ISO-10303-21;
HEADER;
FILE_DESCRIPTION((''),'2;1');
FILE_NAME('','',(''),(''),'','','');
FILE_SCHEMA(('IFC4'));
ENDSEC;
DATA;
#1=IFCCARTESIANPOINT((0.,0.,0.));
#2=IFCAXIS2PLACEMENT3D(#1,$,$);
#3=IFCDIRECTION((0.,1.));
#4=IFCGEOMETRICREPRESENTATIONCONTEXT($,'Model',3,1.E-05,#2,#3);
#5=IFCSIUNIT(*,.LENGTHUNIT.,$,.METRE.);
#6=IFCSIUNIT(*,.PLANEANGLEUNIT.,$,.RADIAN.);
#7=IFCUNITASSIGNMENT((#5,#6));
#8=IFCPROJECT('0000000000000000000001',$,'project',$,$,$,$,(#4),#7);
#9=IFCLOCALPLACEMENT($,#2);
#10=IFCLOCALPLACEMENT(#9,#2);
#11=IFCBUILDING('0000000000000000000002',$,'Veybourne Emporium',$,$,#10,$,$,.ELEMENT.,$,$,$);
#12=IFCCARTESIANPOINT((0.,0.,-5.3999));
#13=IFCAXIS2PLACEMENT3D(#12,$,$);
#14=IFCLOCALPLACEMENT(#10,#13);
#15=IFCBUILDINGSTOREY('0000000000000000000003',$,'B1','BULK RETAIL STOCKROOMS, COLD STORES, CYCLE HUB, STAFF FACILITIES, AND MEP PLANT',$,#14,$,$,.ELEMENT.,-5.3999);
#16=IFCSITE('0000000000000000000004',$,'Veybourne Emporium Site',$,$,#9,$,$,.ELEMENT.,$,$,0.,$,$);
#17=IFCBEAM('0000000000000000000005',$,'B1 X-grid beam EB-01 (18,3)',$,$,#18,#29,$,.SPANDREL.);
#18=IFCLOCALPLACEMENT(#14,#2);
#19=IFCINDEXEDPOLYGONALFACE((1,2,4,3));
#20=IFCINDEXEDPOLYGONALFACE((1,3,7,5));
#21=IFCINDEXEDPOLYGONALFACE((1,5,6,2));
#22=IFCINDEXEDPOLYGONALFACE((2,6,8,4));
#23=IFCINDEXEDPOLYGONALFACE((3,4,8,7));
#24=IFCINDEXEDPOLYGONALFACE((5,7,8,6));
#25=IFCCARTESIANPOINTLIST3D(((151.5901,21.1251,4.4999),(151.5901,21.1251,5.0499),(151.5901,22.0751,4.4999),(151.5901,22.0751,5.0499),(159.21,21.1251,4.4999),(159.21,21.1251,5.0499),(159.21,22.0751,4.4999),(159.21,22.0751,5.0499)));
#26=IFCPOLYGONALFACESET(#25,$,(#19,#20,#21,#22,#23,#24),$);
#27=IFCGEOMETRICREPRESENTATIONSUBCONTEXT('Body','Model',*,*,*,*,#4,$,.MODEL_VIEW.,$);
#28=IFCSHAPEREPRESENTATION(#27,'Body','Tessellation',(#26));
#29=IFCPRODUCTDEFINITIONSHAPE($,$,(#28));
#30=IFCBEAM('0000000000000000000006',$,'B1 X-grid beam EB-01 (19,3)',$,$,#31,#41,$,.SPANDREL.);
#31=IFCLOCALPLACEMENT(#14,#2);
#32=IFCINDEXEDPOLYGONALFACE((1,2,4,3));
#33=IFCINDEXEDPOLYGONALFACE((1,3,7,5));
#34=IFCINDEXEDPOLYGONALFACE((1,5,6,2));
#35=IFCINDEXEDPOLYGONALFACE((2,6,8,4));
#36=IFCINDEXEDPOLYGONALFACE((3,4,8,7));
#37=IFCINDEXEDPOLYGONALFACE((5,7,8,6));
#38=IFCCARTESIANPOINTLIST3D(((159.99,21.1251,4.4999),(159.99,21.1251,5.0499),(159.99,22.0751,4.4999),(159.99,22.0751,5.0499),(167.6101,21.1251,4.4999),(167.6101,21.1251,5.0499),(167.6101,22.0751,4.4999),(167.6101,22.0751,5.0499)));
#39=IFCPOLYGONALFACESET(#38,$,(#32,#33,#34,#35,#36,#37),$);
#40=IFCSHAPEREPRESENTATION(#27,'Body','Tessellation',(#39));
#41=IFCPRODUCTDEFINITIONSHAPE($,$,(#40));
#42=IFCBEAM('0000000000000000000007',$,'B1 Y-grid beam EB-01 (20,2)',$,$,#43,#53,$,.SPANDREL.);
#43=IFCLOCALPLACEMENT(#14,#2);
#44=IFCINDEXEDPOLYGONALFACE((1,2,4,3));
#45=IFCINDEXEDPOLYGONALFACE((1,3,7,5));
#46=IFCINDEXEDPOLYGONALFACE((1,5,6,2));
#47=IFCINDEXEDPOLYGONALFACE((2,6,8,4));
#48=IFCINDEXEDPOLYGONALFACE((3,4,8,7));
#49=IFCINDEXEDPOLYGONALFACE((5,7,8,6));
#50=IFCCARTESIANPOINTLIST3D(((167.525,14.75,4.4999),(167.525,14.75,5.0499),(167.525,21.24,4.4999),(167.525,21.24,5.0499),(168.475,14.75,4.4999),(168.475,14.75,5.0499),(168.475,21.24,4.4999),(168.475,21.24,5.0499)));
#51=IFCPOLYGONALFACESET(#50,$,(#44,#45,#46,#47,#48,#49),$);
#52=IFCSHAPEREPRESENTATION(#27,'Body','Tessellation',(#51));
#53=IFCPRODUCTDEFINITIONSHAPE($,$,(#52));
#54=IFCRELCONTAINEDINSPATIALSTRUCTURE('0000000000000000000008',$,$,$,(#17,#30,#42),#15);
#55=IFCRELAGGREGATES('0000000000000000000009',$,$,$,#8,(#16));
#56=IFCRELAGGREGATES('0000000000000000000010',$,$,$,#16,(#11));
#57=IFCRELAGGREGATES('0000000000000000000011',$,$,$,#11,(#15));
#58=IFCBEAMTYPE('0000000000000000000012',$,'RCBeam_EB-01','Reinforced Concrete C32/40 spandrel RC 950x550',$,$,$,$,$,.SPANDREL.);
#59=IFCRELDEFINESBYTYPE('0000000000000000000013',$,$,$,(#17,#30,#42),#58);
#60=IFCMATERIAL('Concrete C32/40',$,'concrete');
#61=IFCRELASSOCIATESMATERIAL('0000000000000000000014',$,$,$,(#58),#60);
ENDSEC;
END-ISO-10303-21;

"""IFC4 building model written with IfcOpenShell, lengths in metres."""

from ifc_helpers import new_model, si_unit, direction, frame, origin, origin_2d, place, context, subcontext, project, spatial, rectangle, extrude, material, material_profile, profile_set, type_object, element, save


model = new_model("IFC4")

# Units and contexts
model_context = context("Model", 3, precision=1e-05, world=origin(), true_north=direction((0.0, 1.0)))
body_context = subcontext(model_context, "Body", "Model", "MODEL_VIEW")
ifc_project = project(units=[si_unit("LENGTHUNIT", "METRE"), si_unit("PLANEANGLEUNIT", "RADIAN")], contexts=[model_context])

# Site, building, storey
site_placement = place(None, origin())
site = spatial("IfcSite", under=ifc_project, at=site_placement, Name="Veybourne Emporium Site", CompositionType="ELEMENT", RefElevation=0.0)
building_placement = place(site_placement, origin())
building = spatial("IfcBuilding", under=site, at=building_placement, Name="Veybourne Emporium", CompositionType="ELEMENT")
storey_placement = place(building_placement, frame((0.0, 0.0, -5.3999)))
storey = spatial("IfcBuildingStorey", under=building, at=storey_placement, Name="B1", Description="BULK RETAIL STOCKROOMS, COLD STORES, CYCLE HUB, STAFF FACILITIES, AND MEP PLANT", CompositionType="ELEMENT", Elevation=-5.3999)

# Beams
ifc_material_1 = material(Name="Concrete C32/40", Category="concrete")
ifc_material_profile_1 = material_profile(ifc_material_1, rectangle(XDim=0.95, YDim=0.55, at=origin_2d()), Name="RC 950x550")
ifc_profile_set_1 = profile_set([ifc_material_profile_1], Name="Concrete C32/40")
beam_type_1 = type_object("IfcBeamType", Name="RCBeam_EB-01", Description="Reinforced Concrete C32/40 spandrel RC 950x550", PredefinedType="SPANDREL", material=ifc_profile_set_1)
beam_1_placement = place(storey_placement, frame((151.5901, 21.6001, 4.7749), z_axis=(1.0, 0.0, 0.0), x_axis=(0.0, 1.0, 0.0)))
element("IfcBeam", 1, at=beam_1_placement, inside=storey, type_object=beam_type_1, Name="B1 X-grid beam EB-01 (18,3)", PredefinedType="SPANDREL", context=body_context, shape_type="SweptSolid", body=[
    extrude(rectangle(XDim=0.95, YDim=0.55, at=origin_2d()), origin(), (0.0, 0.0, 1.0), 7.6199),
])
beam_2_placement = place(storey_placement, frame((159.99, 21.6001, 4.7749), z_axis=(1.0, 0.0, 0.0), x_axis=(0.0, 1.0, 0.0)))
element("IfcBeam", 2, at=beam_2_placement, inside=storey, type_object=beam_type_1, Name="B1 X-grid beam EB-01 (19,3)", PredefinedType="SPANDREL", context=body_context, shape_type="SweptSolid", body=[
    extrude(rectangle(XDim=0.95, YDim=0.55, at=origin_2d()), origin(), (0.0, 0.0, 1.0), 7.6201),
])
beam_3_placement = place(storey_placement, frame((168.0, 14.75, 4.7749), z_axis=(0.0, 1.0, 0.0), x_axis=(-1.0, 0.0, 0.0)))
element("IfcBeam", 3, at=beam_3_placement, inside=storey, type_object=beam_type_1, Name="B1 Y-grid beam EB-01 (20,2)", PredefinedType="SPANDREL", context=body_context, shape_type="SweptSolid", body=[
    extrude(rectangle(XDim=0.95, YDim=0.55, at=origin_2d()), origin(), (0.0, 0.0, 1.0), 6.49),
])

save(model, "model.ifc")
